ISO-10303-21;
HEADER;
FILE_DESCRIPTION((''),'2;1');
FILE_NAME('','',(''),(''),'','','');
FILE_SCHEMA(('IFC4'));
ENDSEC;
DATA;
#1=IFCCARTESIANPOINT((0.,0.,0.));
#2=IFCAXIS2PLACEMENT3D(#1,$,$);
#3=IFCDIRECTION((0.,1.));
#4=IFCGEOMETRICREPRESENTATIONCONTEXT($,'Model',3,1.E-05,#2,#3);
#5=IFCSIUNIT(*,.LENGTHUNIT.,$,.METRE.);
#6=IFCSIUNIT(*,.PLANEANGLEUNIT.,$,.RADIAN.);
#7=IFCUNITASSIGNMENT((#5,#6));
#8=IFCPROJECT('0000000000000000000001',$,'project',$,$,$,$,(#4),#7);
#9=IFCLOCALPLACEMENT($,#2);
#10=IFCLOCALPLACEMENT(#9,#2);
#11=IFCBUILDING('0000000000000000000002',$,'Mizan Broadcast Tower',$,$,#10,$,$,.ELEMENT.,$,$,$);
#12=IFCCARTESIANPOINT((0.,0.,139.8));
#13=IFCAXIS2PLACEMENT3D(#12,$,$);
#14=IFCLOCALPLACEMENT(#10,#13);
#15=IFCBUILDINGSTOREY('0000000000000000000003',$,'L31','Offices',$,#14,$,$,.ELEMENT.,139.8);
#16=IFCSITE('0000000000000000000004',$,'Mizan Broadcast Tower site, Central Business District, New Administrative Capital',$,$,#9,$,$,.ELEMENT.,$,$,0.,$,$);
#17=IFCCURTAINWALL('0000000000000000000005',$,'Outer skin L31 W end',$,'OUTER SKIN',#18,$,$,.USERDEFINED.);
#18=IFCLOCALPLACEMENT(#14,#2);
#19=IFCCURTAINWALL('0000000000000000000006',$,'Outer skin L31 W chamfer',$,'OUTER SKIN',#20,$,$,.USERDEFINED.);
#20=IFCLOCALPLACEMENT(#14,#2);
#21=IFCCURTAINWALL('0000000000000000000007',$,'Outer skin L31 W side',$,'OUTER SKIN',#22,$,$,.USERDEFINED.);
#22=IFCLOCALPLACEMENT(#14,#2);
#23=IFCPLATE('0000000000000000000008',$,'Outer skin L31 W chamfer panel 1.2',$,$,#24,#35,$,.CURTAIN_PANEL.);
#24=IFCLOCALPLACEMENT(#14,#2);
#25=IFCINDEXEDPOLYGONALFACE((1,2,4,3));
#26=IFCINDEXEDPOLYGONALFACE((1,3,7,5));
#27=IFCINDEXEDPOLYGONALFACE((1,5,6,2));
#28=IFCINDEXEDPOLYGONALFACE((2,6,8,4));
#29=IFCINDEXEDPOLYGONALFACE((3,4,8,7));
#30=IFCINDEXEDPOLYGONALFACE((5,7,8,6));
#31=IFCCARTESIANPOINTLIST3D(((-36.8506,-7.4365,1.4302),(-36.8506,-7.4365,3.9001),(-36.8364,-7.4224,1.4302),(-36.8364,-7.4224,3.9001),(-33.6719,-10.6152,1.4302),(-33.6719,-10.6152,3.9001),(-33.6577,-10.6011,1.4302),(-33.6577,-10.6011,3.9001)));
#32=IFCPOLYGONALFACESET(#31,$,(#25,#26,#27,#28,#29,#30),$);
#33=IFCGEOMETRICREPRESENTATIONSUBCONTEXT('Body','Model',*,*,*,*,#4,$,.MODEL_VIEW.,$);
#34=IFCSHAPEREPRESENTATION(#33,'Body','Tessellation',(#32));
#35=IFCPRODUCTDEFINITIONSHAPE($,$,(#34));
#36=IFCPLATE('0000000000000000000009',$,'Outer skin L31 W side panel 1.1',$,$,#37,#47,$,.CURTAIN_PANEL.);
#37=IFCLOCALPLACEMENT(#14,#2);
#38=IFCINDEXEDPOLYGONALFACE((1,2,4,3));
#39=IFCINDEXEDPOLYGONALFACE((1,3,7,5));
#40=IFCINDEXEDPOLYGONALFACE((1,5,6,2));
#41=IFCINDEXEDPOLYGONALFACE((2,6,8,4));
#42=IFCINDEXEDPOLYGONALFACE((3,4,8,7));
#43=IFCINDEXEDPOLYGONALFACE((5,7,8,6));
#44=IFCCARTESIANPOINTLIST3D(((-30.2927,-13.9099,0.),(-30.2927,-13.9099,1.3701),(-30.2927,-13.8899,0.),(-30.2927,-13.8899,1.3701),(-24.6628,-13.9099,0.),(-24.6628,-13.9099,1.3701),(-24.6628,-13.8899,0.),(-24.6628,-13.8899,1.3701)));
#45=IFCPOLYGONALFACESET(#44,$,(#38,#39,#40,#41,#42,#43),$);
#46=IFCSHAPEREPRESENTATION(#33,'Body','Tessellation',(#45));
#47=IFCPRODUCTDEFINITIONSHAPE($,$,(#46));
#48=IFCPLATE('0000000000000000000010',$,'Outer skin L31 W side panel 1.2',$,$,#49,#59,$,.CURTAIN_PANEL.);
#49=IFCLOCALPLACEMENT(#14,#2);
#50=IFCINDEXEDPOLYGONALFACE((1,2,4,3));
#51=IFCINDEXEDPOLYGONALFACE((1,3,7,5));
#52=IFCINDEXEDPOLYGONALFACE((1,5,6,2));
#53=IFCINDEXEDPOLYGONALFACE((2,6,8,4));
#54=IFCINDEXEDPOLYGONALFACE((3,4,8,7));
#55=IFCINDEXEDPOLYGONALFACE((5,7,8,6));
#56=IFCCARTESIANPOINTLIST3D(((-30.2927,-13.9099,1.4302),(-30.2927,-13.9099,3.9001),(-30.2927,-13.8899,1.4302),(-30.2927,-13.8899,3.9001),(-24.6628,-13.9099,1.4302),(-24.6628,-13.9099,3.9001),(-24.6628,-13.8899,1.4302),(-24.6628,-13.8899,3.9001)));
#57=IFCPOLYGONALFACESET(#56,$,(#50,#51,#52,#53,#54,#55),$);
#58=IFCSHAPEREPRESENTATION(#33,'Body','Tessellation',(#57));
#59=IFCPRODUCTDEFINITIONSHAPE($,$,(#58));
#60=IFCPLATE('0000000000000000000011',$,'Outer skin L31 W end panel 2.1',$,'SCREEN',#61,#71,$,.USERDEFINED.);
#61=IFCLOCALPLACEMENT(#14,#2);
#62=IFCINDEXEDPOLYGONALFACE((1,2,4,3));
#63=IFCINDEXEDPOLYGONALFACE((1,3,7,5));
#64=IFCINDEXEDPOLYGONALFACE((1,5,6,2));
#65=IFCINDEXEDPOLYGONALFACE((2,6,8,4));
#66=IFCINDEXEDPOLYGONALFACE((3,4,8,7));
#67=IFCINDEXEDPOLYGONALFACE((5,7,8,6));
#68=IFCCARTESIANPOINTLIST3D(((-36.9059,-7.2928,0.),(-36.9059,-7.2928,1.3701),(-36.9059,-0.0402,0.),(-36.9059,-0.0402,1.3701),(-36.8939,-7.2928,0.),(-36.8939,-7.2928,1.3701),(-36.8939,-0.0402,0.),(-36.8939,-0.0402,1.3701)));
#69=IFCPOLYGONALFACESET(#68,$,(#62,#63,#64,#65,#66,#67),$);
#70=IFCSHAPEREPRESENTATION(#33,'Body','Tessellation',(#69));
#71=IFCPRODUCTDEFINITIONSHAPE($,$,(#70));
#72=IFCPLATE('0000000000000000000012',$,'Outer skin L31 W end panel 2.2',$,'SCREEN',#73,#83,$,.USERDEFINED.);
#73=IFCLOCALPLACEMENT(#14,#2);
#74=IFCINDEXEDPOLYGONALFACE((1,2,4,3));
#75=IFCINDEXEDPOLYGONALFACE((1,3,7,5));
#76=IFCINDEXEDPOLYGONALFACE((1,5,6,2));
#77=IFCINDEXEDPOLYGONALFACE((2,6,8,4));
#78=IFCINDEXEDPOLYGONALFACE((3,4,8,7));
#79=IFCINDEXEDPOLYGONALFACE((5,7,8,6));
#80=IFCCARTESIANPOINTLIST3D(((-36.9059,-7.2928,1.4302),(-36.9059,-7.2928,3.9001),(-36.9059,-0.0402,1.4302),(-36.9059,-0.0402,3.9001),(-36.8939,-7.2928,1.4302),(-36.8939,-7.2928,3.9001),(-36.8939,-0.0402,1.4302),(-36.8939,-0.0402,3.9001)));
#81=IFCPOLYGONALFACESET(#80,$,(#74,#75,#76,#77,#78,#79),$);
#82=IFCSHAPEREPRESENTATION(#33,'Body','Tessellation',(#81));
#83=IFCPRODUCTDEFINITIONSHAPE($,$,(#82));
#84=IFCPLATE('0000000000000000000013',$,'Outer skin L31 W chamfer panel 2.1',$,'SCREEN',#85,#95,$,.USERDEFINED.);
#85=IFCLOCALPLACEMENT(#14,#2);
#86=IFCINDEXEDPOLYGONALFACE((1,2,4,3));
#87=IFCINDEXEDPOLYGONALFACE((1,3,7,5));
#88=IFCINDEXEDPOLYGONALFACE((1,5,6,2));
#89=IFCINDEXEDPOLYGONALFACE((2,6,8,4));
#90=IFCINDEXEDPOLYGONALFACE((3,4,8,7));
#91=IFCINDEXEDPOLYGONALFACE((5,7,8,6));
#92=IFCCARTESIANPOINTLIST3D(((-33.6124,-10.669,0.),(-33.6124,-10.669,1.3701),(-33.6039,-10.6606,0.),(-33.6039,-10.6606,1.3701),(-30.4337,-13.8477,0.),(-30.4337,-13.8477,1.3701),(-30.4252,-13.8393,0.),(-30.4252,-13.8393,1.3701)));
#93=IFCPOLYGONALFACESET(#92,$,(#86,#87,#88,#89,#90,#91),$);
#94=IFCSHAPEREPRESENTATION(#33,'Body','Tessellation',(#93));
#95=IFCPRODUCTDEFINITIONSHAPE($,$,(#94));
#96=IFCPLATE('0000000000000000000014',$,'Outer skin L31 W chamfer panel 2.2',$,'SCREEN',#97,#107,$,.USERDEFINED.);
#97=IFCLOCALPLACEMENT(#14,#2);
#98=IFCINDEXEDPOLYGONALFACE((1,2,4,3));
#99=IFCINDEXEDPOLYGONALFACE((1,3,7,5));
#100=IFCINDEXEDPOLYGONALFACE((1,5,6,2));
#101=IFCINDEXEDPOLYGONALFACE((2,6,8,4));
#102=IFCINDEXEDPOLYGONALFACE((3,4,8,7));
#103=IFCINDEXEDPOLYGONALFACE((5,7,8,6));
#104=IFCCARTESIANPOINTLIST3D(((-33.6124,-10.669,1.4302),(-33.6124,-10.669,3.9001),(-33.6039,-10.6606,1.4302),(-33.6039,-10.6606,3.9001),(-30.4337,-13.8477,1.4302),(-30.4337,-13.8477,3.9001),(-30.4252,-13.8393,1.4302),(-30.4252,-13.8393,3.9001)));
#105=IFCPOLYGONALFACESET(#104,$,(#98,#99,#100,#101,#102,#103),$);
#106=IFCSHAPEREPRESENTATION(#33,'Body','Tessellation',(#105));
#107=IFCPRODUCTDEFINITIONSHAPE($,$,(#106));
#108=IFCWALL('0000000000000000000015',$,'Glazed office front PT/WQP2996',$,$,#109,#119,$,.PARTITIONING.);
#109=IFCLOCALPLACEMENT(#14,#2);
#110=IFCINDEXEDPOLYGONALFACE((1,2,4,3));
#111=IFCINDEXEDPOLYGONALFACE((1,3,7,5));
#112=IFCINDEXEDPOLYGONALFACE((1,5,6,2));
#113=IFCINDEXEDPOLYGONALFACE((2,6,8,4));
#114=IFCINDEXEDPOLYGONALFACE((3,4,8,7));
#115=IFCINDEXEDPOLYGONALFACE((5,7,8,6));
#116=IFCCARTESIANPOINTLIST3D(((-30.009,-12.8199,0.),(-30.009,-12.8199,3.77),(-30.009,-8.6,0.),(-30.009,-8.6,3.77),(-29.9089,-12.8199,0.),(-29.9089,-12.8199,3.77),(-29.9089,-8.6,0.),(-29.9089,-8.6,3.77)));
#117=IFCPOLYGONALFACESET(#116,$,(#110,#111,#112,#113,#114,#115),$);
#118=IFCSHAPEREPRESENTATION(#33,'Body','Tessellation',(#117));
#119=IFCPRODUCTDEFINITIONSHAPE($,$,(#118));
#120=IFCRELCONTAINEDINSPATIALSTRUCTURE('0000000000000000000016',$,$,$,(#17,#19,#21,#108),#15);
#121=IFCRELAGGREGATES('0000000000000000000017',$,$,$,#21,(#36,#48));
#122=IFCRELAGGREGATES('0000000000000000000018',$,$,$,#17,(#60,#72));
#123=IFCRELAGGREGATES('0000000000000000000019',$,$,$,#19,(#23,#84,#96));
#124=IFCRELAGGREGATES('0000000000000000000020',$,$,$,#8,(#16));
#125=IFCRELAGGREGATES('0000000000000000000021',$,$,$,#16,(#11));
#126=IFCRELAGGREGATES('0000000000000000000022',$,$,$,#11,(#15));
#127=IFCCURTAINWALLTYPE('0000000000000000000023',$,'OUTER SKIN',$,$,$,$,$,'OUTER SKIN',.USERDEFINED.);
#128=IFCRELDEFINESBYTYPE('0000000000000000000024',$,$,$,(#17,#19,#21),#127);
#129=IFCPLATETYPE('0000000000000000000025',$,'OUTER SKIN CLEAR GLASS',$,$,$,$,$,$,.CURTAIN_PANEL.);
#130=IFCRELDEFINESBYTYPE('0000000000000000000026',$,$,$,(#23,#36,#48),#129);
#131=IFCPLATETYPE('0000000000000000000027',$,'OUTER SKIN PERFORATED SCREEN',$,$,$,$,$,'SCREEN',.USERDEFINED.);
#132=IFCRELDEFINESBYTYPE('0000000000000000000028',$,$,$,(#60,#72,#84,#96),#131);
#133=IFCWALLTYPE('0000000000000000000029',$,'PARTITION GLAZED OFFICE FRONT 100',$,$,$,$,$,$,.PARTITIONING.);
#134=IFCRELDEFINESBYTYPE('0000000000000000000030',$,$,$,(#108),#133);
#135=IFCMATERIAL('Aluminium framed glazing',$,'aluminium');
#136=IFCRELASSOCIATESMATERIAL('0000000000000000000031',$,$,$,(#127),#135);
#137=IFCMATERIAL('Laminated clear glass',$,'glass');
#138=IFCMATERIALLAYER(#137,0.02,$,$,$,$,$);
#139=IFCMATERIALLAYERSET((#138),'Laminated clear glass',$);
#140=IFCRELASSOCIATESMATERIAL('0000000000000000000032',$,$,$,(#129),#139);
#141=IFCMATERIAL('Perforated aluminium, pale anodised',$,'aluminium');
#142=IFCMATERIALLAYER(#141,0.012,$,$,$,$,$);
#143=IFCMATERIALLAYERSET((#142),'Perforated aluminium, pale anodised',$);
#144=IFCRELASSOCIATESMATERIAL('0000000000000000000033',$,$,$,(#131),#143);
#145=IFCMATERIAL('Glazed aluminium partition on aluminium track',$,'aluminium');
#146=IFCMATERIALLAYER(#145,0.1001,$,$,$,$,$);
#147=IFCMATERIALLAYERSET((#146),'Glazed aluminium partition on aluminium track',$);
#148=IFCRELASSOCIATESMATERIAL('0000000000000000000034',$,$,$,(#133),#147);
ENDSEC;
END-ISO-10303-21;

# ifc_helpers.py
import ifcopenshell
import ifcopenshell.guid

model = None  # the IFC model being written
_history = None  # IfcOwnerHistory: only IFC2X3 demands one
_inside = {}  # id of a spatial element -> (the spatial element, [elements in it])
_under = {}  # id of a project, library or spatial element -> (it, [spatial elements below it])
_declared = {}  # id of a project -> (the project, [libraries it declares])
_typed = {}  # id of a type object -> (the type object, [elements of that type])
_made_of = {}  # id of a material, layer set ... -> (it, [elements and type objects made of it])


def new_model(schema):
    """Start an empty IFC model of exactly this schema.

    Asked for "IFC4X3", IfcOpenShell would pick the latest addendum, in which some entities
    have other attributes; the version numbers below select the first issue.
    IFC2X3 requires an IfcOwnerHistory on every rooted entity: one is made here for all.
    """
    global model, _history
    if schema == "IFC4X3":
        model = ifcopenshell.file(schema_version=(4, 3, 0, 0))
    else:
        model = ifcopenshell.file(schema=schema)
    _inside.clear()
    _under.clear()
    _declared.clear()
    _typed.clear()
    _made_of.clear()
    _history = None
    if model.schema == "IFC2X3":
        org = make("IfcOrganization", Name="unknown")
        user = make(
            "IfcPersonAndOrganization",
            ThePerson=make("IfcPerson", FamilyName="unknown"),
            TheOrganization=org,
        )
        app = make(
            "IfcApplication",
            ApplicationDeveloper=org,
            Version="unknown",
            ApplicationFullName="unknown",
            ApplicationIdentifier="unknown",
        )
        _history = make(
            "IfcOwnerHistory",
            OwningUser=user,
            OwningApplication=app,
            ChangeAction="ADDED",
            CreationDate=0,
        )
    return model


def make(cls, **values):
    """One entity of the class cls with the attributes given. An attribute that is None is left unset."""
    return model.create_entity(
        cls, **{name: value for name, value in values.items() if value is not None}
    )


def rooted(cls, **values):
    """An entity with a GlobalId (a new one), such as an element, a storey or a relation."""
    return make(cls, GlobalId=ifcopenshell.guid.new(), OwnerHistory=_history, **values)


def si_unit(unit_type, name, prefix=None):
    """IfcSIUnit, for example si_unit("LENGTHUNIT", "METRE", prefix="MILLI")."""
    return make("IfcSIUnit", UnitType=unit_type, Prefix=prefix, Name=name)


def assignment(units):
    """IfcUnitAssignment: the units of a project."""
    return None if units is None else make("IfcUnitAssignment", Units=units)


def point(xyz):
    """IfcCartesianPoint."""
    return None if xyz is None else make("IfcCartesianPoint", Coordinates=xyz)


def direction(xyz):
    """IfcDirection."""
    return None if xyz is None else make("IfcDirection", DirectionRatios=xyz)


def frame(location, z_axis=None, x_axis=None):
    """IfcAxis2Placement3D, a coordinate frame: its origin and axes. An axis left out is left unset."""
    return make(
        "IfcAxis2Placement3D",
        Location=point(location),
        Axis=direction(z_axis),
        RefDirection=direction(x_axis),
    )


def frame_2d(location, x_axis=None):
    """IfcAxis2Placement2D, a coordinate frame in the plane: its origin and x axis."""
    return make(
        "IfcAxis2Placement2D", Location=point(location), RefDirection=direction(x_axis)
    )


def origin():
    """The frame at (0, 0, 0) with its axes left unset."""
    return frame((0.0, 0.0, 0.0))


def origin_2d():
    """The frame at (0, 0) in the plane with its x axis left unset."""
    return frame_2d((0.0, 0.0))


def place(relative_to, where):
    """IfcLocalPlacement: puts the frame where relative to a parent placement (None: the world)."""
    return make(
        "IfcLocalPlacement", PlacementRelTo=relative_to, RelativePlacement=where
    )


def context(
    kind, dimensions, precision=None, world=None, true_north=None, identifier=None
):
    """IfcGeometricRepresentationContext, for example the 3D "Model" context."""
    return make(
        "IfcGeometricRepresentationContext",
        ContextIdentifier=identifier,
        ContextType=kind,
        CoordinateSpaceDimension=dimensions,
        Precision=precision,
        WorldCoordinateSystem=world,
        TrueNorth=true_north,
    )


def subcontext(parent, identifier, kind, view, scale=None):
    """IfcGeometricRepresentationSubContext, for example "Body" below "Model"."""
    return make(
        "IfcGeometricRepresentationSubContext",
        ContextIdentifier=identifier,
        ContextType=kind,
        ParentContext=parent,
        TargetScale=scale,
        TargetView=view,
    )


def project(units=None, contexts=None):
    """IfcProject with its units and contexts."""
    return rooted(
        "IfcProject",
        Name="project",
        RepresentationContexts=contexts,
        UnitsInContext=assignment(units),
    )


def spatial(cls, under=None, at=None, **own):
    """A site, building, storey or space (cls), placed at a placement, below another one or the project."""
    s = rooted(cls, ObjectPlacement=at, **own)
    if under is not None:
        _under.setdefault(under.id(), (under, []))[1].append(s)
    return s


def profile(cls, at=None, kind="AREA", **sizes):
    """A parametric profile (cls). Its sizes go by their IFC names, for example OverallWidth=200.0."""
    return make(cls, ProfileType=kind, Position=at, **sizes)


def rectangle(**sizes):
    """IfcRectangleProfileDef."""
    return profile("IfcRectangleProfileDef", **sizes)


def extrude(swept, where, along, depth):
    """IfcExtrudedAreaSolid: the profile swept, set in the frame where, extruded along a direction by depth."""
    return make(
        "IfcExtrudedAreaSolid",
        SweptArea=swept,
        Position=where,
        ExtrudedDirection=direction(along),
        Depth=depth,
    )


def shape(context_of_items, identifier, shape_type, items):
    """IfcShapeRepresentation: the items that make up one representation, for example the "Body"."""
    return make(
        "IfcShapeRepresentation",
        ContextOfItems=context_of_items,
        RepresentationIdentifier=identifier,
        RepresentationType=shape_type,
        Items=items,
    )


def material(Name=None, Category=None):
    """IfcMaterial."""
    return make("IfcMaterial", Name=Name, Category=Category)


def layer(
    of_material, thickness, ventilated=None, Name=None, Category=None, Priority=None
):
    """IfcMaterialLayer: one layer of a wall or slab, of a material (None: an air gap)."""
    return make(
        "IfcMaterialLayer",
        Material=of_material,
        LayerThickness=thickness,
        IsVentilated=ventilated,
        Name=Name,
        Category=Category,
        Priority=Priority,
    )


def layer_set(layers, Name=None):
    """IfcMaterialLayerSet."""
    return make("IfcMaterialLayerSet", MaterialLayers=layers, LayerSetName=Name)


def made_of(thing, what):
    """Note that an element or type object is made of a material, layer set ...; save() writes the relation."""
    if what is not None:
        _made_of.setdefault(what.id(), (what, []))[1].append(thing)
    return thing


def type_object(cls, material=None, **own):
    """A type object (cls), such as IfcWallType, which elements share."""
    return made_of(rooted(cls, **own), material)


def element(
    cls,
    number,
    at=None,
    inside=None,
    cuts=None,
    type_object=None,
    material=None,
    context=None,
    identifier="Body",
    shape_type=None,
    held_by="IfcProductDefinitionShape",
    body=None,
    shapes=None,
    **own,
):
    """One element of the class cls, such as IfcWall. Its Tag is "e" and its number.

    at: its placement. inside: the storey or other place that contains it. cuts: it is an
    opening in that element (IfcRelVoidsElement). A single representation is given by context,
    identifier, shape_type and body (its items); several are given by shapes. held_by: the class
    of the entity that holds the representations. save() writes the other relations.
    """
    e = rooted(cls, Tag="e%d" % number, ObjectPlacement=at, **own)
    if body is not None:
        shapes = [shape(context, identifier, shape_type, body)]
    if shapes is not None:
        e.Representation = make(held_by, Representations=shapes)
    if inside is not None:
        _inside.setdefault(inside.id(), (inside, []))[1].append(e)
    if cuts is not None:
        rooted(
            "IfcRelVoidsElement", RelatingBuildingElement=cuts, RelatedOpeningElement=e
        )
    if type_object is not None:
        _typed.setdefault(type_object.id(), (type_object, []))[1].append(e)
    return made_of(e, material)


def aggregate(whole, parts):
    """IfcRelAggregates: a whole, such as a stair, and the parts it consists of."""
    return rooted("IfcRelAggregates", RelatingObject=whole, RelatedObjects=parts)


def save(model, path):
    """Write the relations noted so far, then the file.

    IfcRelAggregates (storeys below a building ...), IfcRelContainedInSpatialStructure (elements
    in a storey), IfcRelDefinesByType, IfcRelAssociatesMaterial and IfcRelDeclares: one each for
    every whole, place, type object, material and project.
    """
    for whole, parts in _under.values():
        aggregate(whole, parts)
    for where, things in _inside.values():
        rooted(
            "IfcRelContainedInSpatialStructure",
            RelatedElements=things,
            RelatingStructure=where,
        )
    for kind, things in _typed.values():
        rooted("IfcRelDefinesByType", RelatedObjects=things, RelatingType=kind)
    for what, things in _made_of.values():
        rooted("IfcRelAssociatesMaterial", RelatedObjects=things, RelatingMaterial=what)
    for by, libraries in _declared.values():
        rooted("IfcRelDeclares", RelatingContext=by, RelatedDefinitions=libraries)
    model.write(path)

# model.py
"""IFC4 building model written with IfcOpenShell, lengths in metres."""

from ifc_helpers import new_model, si_unit, direction, frame, frame_2d, origin, origin_2d, place, context, subcontext, project, spatial, rectangle, extrude, material, layer, layer_set, type_object, element, aggregate, save


model = new_model("IFC4")

# Units and contexts
model_context = context("Model", 3, precision=1e-05, world=origin(), true_north=direction((0.0, 1.0)))
body_context = subcontext(model_context, "Body", "Model", "MODEL_VIEW")
ifc_project = project(units=[si_unit("LENGTHUNIT", "METRE"), si_unit("PLANEANGLEUNIT", "RADIAN")], contexts=[model_context])

# Site, building, storey
site_placement = place(None, origin())
site = spatial("IfcSite", under=ifc_project, at=site_placement, Name="Mizan Broadcast Tower site, Central Business District, New Administrative Capital", CompositionType="ELEMENT", RefElevation=0.0)
building_placement = place(site_placement, origin())
building = spatial("IfcBuilding", under=site, at=building_placement, Name="Mizan Broadcast Tower", CompositionType="ELEMENT")
storey_placement = place(building_placement, frame((0.0, 0.0, 139.8)))
storey = spatial("IfcBuildingStorey", under=building, at=storey_placement, Name="L31", Description="Offices", CompositionType="ELEMENT", Elevation=139.8)

# Curtain wall
ifc_material_1 = material(Name="Aluminium framed glazing", Category="aluminium")
curtain_wall_type_1 = type_object("IfcCurtainWallType", Name="OUTER SKIN", ElementType="OUTER SKIN", PredefinedType="USERDEFINED", material=ifc_material_1)
curtain_wall_1_placement = place(storey_placement, origin())
curtain_wall_1 = element("IfcCurtainWall", 1, at=curtain_wall_1_placement, inside=storey, type_object=curtain_wall_type_1, Name="Outer skin L31 W end", ObjectType="OUTER SKIN", PredefinedType="USERDEFINED")

# Curtain wall
curtain_wall_2_placement = place(storey_placement, origin())
curtain_wall_2 = element("IfcCurtainWall", 2, at=curtain_wall_2_placement, inside=storey, type_object=curtain_wall_type_1, Name="Outer skin L31 W chamfer", ObjectType="OUTER SKIN", PredefinedType="USERDEFINED")

# Curtain wall
curtain_wall_3_placement = place(storey_placement, origin())
curtain_wall_3 = element("IfcCurtainWall", 3, at=curtain_wall_3_placement, inside=storey, type_object=curtain_wall_type_1, Name="Outer skin L31 W side", ObjectType="OUTER SKIN", PredefinedType="USERDEFINED")

# Plates
ifc_material_2 = material(Name="Laminated clear glass", Category="glass")
ifc_layer_1 = layer(ifc_material_2, 0.02)
ifc_layer_set_1 = layer_set([ifc_layer_1], Name="Laminated clear glass")
plate_type_1 = type_object("IfcPlateType", Name="OUTER SKIN CLEAR GLASS", PredefinedType="CURTAIN_PANEL", material=ifc_layer_set_1)
plate_1_placement = place(storey_placement, frame((-35.2542, -9.0188, 1.4302), z_axis=(0.0, 0.0, 1.0), x_axis=(0.707107, -0.707107, 0.0)))
plate_1 = element("IfcPlate", 4, at=plate_1_placement, type_object=plate_type_1, Name="Outer skin L31 W chamfer panel 1.2", PredefinedType="CURTAIN_PANEL", context=body_context, shape_type="SweptSolid", body=[
    extrude(rectangle(XDim=4.4954, YDim=0.02, at=origin_2d()), origin(), (0.0, 0.0, 1.0), 2.47),
])
plate_2_placement = place(storey_placement, frame((-27.4778, -13.8999, 0.0), z_axis=(0.0, 0.0, 1.0), x_axis=(1.0, 0.0, 0.0)))
plate_2 = element("IfcPlate", 5, at=plate_2_placement, type_object=plate_type_1, Name="Outer skin L31 W side panel 1.1", PredefinedType="CURTAIN_PANEL", context=body_context, shape_type="SweptSolid", body=[
    extrude(rectangle(XDim=5.6299, YDim=0.02, at=origin_2d()), origin(), (0.0, 0.0, 1.0), 1.3701),
])
plate_3_placement = place(storey_placement, frame((-27.4778, -13.8999, 1.4302), z_axis=(0.0, 0.0, 1.0), x_axis=(1.0, 0.0, 0.0)))
plate_3 = element("IfcPlate", 6, at=plate_3_placement, type_object=plate_type_1, Name="Outer skin L31 W side panel 1.2", PredefinedType="CURTAIN_PANEL", context=body_context, shape_type="SweptSolid", body=[
    extrude(rectangle(XDim=5.6299, YDim=0.02, at=origin_2d()), origin(), (0.0, 0.0, 1.0), 2.47),
])
aggregate(curtain_wall_3, [plate_2, plate_3])
ifc_material_3 = material(Name="Perforated aluminium, pale anodised", Category="aluminium")
ifc_layer_2 = layer(ifc_material_3, 0.012)
ifc_layer_set_2 = layer_set([ifc_layer_2], Name="Perforated aluminium, pale anodised")
plate_type_2 = type_object("IfcPlateType", Name="OUTER SKIN PERFORATED SCREEN", ElementType="SCREEN", PredefinedType="USERDEFINED", material=ifc_layer_set_2)
plate_4_placement = place(storey_placement, frame((-36.8999, -3.6665, 0.0), z_axis=(0.0, 0.0, 1.0), x_axis=(0.0, -1.0, 0.0)))
plate_4 = element("IfcPlate", 7, at=plate_4_placement, type_object=plate_type_2, Name="Outer skin L31 W end panel 2.1", ObjectType="SCREEN", PredefinedType="USERDEFINED", context=body_context, shape_type="SweptSolid", body=[
    extrude(rectangle(XDim=7.2527, YDim=0.012, at=origin_2d()), origin(), (0.0, 0.0, 1.0), 1.3701),
])
plate_5_placement = place(storey_placement, frame((-36.8999, -3.6665, 1.4302), z_axis=(0.0, 0.0, 1.0), x_axis=(0.0, -1.0, 0.0)))
plate_5 = element("IfcPlate", 8, at=plate_5_placement, type_object=plate_type_2, Name="Outer skin L31 W end panel 2.2", ObjectType="SCREEN", PredefinedType="USERDEFINED", context=body_context, shape_type="SweptSolid", body=[
    extrude(rectangle(XDim=7.2527, YDim=0.012, at=origin_2d()), origin(), (0.0, 0.0, 1.0), 2.47),
])
aggregate(curtain_wall_1, [plate_4, plate_5])
plate_6_placement = place(storey_placement, frame((-32.0188, -12.2542, 0.0), z_axis=(0.0, 0.0, 1.0), x_axis=(0.707107, -0.707107, 0.0)))
plate_6 = element("IfcPlate", 9, at=plate_6_placement, type_object=plate_type_2, Name="Outer skin L31 W chamfer panel 2.1", ObjectType="SCREEN", PredefinedType="USERDEFINED", context=body_context, shape_type="SweptSolid", body=[
    extrude(rectangle(XDim=4.4954, YDim=0.012, at=origin_2d()), origin(), (0.0, 0.0, 1.0), 1.3701),
])
plate_7_placement = place(storey_placement, frame((-32.0188, -12.2542, 1.4302), z_axis=(0.0, 0.0, 1.0), x_axis=(0.707107, -0.707107, 0.0)))
plate_7 = element("IfcPlate", 10, at=plate_7_placement, type_object=plate_type_2, Name="Outer skin L31 W chamfer panel 2.2", ObjectType="SCREEN", PredefinedType="USERDEFINED", context=body_context, shape_type="SweptSolid", body=[
    extrude(rectangle(XDim=4.4954, YDim=0.012, at=origin_2d()), origin(), (0.0, 0.0, 1.0), 2.47),
])
aggregate(curtain_wall_2, [plate_1, plate_6, plate_7])

# Wall
ifc_material_4 = material(Name="Glazed aluminium partition on aluminium track", Category="aluminium")
ifc_layer_3 = layer(ifc_material_4, 0.1001)
ifc_layer_set_3 = layer_set([ifc_layer_3], Name="Glazed aluminium partition on aluminium track")
wall_type = type_object("IfcWallType", Name="PARTITION GLAZED OFFICE FRONT 100", PredefinedType="PARTITIONING", material=ifc_layer_set_3)
wall_placement = place(storey_placement, frame((-29.959, -8.6001, 0.0), z_axis=(0.0, 0.0, 1.0), x_axis=(0.0, -1.0, 0.0)))
element("IfcWall", 11, at=wall_placement, inside=storey, type_object=wall_type, Name="Glazed office front PT/WQP2996", PredefinedType="PARTITIONING", context=body_context, shape_type="SweptSolid", body=[
    extrude(rectangle(XDim=4.22, YDim=0.1001, at=frame_2d((2.1099, 0.0))), origin(), (0.0, 0.0, 1.0), 3.77),
])

save(model, "model.ifc")
